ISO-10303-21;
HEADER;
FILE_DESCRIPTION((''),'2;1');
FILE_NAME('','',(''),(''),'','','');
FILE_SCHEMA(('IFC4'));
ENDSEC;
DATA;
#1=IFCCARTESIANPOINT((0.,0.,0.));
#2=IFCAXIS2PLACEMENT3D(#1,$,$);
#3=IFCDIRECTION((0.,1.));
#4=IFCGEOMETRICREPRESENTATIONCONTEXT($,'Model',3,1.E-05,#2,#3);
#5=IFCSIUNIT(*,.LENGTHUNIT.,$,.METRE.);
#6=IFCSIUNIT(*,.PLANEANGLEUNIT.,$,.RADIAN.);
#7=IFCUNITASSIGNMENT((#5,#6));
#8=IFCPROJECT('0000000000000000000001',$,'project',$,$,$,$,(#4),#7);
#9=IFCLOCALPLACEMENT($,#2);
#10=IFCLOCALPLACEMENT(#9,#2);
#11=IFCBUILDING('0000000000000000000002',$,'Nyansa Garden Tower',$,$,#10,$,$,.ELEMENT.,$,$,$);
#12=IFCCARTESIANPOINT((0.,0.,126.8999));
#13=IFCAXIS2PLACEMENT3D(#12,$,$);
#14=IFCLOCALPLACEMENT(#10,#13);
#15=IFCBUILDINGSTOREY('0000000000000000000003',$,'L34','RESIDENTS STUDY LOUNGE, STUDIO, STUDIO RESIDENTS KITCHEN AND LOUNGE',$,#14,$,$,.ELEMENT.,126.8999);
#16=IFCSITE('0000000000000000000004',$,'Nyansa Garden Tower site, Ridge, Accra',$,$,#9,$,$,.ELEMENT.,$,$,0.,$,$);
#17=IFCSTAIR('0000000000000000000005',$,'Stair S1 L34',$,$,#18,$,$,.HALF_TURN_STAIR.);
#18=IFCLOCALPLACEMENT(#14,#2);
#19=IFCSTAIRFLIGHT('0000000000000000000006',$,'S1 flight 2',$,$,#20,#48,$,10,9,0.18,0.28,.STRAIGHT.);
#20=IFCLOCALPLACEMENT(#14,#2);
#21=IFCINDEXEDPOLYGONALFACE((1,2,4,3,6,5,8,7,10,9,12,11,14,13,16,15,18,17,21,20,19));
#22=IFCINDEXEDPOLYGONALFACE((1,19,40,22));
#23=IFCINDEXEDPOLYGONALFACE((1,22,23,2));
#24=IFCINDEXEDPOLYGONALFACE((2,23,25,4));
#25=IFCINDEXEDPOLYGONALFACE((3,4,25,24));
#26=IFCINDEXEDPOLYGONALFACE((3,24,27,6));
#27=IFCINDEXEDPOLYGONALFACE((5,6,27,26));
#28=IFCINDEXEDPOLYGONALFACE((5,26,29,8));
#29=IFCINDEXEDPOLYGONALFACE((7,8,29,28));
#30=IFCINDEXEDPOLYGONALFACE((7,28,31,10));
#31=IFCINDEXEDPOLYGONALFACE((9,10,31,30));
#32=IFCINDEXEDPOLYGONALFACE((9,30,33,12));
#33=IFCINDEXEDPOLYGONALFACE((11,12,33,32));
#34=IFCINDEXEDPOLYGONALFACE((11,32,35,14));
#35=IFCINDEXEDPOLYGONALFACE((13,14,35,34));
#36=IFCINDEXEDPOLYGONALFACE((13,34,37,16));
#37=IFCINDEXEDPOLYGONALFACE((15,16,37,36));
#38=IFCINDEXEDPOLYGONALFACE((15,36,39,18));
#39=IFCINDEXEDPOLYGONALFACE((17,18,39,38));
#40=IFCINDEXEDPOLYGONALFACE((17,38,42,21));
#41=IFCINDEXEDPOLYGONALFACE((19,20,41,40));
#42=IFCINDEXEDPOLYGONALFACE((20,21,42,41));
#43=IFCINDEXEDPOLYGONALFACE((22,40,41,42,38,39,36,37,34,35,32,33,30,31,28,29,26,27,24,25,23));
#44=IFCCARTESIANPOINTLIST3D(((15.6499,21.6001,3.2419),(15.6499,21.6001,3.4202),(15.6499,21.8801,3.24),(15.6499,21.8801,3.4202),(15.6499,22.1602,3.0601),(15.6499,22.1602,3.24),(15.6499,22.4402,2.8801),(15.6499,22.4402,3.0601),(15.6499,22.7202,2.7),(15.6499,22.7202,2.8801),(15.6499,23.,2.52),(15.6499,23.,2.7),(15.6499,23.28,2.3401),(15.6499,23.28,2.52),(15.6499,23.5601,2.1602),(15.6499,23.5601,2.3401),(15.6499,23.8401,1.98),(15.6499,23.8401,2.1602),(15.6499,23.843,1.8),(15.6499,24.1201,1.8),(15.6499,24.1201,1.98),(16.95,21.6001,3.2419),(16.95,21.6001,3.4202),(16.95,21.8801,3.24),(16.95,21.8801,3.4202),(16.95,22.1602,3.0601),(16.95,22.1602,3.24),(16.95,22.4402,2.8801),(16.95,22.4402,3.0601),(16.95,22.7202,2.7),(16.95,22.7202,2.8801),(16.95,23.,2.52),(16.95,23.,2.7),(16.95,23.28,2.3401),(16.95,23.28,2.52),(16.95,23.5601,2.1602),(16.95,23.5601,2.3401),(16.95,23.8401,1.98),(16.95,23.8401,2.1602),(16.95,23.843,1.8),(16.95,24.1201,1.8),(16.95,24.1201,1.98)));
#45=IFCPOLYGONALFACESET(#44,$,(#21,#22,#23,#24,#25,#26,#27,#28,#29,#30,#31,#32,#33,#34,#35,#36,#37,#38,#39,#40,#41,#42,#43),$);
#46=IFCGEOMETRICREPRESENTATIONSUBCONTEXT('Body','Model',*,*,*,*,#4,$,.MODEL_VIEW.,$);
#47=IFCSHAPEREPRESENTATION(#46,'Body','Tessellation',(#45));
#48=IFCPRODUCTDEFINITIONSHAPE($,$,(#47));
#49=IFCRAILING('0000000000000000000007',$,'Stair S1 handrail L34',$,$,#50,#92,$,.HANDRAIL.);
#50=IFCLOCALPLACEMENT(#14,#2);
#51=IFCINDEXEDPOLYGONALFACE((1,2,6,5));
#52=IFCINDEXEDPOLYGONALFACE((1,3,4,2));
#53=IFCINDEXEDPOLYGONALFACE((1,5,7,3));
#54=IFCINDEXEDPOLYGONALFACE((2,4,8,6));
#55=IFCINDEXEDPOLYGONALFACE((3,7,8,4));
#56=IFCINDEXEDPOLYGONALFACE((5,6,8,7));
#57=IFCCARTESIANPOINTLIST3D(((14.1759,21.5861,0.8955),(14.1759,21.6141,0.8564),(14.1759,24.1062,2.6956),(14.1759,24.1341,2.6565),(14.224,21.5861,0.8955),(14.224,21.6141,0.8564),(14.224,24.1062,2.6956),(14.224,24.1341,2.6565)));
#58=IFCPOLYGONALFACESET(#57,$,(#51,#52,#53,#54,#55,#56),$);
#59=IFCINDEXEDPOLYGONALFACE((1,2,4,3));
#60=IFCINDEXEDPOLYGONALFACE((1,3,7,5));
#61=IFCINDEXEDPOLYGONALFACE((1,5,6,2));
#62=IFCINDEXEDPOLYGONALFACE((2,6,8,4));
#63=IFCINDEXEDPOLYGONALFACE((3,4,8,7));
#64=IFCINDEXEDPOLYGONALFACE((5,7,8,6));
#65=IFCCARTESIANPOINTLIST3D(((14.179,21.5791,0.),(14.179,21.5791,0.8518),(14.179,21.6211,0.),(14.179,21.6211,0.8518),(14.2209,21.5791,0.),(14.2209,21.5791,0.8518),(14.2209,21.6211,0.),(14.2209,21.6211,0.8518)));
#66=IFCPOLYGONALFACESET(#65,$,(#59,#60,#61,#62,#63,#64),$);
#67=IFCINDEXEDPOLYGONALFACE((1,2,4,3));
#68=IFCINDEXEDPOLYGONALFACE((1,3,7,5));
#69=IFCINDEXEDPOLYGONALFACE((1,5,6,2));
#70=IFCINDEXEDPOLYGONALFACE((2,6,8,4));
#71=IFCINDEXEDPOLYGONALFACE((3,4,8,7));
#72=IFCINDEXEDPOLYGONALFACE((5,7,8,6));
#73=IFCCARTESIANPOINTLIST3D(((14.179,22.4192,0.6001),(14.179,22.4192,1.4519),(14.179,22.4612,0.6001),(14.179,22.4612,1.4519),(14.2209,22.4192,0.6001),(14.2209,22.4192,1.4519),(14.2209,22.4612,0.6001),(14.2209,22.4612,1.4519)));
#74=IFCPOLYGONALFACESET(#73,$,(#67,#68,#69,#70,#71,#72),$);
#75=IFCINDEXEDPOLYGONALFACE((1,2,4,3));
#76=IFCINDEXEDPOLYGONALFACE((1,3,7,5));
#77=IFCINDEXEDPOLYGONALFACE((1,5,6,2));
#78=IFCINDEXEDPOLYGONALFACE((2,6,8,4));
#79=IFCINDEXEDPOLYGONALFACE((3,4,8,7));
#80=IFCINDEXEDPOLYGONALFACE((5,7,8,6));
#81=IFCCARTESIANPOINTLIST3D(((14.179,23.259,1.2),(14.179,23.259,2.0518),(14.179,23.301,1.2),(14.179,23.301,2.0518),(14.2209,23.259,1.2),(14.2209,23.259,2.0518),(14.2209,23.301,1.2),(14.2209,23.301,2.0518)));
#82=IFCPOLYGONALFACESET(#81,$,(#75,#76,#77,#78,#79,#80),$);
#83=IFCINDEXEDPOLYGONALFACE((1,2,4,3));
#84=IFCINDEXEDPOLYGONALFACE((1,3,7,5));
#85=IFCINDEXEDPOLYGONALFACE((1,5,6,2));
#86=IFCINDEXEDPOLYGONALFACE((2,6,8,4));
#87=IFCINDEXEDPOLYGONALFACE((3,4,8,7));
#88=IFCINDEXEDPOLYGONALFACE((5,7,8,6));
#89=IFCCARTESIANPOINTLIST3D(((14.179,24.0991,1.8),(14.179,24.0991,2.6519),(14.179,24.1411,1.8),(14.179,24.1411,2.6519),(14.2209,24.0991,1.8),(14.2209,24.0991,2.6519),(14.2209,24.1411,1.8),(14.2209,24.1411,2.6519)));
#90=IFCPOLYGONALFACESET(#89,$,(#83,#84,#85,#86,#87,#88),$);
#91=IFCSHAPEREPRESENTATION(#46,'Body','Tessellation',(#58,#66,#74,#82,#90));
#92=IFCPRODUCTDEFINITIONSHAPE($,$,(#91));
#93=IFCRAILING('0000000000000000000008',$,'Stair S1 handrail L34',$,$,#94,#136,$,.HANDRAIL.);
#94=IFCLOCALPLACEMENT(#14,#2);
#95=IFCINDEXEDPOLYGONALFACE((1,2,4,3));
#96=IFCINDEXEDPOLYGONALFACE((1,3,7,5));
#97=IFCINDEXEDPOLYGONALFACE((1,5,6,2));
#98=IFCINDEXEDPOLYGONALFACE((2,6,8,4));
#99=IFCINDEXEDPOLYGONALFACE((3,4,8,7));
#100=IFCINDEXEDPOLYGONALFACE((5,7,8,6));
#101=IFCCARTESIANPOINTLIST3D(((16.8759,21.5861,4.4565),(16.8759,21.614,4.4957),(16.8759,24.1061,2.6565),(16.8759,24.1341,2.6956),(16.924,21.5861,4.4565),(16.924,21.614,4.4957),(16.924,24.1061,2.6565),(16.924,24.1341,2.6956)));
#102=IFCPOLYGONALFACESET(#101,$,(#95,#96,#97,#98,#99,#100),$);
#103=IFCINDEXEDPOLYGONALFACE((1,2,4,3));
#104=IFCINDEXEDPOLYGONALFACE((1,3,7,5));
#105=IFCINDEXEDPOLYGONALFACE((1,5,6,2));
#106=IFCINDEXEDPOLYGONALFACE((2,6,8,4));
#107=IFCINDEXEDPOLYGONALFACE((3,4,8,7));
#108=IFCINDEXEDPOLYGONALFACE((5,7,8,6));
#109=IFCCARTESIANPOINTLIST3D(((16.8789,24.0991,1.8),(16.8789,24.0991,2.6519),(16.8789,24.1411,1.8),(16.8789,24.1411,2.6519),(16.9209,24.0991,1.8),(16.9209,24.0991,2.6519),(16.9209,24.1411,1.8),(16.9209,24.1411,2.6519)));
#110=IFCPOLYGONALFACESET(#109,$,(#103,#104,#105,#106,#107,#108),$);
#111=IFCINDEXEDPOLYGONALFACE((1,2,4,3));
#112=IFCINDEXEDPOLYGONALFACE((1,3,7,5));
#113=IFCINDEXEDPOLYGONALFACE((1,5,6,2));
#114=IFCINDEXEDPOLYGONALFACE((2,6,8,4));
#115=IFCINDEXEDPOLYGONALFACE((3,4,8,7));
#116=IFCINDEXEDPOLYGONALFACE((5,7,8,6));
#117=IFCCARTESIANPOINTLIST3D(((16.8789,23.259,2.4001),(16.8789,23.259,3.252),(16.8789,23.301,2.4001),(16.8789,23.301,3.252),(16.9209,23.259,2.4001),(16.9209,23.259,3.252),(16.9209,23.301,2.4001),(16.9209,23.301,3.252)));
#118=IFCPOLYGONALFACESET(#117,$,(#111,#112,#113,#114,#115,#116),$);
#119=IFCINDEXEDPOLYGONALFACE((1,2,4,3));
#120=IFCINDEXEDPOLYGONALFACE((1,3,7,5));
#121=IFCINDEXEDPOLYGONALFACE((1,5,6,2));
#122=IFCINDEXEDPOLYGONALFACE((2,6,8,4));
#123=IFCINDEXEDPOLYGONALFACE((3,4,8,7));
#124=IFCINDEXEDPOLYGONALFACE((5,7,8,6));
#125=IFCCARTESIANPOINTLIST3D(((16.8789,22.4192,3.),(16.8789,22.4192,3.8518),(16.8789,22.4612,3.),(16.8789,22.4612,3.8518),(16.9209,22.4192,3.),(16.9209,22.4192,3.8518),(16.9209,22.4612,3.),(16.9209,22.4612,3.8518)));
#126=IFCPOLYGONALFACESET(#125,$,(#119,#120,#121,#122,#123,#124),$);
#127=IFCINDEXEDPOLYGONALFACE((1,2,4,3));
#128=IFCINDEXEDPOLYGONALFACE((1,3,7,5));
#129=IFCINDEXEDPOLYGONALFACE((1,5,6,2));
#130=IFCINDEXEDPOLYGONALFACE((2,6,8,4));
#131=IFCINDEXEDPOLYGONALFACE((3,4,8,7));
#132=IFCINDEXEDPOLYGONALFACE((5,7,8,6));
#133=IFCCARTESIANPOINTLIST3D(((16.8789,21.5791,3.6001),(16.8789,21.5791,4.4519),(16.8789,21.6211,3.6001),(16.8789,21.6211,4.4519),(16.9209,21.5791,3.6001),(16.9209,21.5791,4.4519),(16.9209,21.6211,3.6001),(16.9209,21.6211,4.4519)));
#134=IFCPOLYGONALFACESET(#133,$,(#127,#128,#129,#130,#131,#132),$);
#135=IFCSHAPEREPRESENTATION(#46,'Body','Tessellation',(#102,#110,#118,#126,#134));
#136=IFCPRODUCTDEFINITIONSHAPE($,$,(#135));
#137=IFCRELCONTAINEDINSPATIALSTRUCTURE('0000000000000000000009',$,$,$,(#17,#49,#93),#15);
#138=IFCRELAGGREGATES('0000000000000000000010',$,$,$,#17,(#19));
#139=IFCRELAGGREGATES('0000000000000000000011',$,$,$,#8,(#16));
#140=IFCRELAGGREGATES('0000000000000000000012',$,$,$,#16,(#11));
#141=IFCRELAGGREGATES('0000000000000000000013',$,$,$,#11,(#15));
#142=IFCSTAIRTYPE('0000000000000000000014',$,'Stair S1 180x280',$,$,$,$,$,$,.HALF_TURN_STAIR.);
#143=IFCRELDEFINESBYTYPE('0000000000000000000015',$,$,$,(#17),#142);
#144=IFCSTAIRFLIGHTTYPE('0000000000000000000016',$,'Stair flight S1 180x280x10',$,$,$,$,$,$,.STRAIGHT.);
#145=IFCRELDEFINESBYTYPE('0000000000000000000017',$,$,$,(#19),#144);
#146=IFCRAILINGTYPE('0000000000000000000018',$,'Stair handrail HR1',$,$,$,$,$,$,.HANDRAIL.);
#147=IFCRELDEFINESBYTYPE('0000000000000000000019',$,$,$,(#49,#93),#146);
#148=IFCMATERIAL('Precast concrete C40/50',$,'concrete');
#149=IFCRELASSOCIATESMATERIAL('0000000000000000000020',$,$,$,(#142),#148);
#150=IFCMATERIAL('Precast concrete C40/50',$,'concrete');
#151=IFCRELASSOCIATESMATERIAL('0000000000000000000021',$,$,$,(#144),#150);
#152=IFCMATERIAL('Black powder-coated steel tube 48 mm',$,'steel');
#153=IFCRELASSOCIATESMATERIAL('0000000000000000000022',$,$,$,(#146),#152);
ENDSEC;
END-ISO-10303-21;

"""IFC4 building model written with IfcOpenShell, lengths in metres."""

from ifc_helpers import new_model, si_unit, direction, frame, origin, origin_2d, place, context, subcontext, project, spatial, polyline, rectangle, outline, extrude, material, type_object, element, aggregate, save


model = new_model("IFC4")

# Units and contexts
model_context = context("Model", 3, precision=1e-05, world=origin(), true_north=direction((0.0, 1.0)))
body_context = subcontext(model_context, "Body", "Model", "MODEL_VIEW")
ifc_project = project(units=[si_unit("LENGTHUNIT", "METRE"), si_unit("PLANEANGLEUNIT", "RADIAN")], contexts=[model_context])

# Site, building, storey
site_placement = place(None, origin())
site = spatial("IfcSite", under=ifc_project, at=site_placement, Name="Nyansa Garden Tower site, Ridge, Accra", CompositionType="ELEMENT", RefElevation=0.0)
building_placement = place(site_placement, origin())
building = spatial("IfcBuilding", under=site, at=building_placement, Name="Nyansa Garden Tower", CompositionType="ELEMENT")
storey_placement = place(building_placement, frame((0.0, 0.0, 126.8999)))
storey = spatial("IfcBuildingStorey", under=building, at=storey_placement, Name="L34", Description="RESIDENTS STUDY LOUNGE, STUDIO, STUDIO RESIDENTS KITCHEN AND LOUNGE", CompositionType="ELEMENT", Elevation=126.8999)

# Stair, stair flight
ifc_material_1 = material(Name="Precast concrete C40/50", Category="concrete")
stair_type = type_object("IfcStairType", Name="Stair S1 180x280", PredefinedType="HALF_TURN_STAIR", material=ifc_material_1)
stair_placement = place(storey_placement, origin())
stair = element("IfcStair", 1, at=stair_placement, inside=storey, type_object=stair_type, Name="Stair S1 L34", PredefinedType="HALF_TURN_STAIR")
ifc_material_2 = material(Name="Precast concrete C40/50", Category="concrete")
stair_flight_type = type_object("IfcStairFlightType", Name="Stair flight S1 180x280x10", PredefinedType="STRAIGHT", material=ifc_material_2)
stair_flight_1_placement = place(storey_placement, frame((16.3, 24.1201, 1.8), z_axis=(0.0, 0.0, 1.0), x_axis=(0.0, -1.0, 0.0)))
stair_flight_1 = element("IfcStairFlight", 2, at=stair_flight_1_placement, type_object=stair_flight_type, Name="S1 flight 2", NumberOfRisers=10, NumberOfTreads=9, PredefinedType="STRAIGHT", RiserHeight=0.18, TreadLength=0.28, context=body_context, shape_type="SweptSolid", body=[
    extrude(outline(polyline([(0.0, 0.0), (0.0, 0.1799), (0.28, 0.1799), (0.28, 0.3601), (0.5601, 0.3601), (0.5601, 0.54), (0.8401, 0.54), (0.8401, 0.72), (1.1201, 0.72), (1.1201, 0.8999), (1.3999, 0.8999), (1.3999, 1.0801), (1.6799, 1.0801), (1.6799, 1.26), (1.96, 1.26), (1.96, 1.4399), (2.24, 1.4399), (2.24, 1.6201), (2.52, 1.6201), (2.52, 1.8), (2.52, 1.4419), (0.2771, 0.0), (0.0, 0.0)])), frame((0.0, 0.6499, 0.0), z_axis=(0.0, -1.0, 0.0), x_axis=(1.0, 0.0, 0.0)), (0.0, 0.0, 1.0), 1.3),
])
aggregate(stair, [stair_flight_1])

# Railings
ifc_material_3 = material(Name="Black powder-coated steel tube 48 mm", Category="steel")
railing_type = type_object("IfcRailingType", Name="Stair handrail HR1", PredefinedType="HANDRAIL", material=ifc_material_3)
railing_1_placement = place(storey_placement, frame((14.2, 21.6001, 0.0)))
element("IfcRailing", 3, at=railing_1_placement, inside=storey, type_object=railing_type, Name="Stair S1 handrail L34", PredefinedType="HANDRAIL", context=body_context, shape_type="SweptSolid", body=[
    extrude(rectangle(XDim=0.0481, YDim=0.0481, at=origin_2d()), frame((0.0, 0.0, 0.876), z_axis=(0.0, 0.813728, 0.581246), x_axis=(-1.0, 0.0, 0.0)), (0.0, 0.0, 1.0), 3.0969),
    extrude(rectangle(XDim=0.042, YDim=0.042, at=origin_2d()), origin(), (0.0, 0.0, 1.0), 0.8518),
    extrude(rectangle(XDim=0.042, YDim=0.042, at=origin_2d()), frame((0.0, 0.8401, 0.6001)), (0.0, 0.0, 1.0), 0.8518),
    extrude(rectangle(XDim=0.042, YDim=0.042, at=origin_2d()), frame((0.0, 1.6799, 1.2)), (0.0, 0.0, 1.0), 0.8518),
    extrude(rectangle(XDim=0.042, YDim=0.042, at=origin_2d()), frame((0.0, 2.52, 1.8)), (0.0, 0.0, 1.0), 0.8518),
])
railing_2_placement = place(storey_placement, frame((16.8999, 24.1201, 1.8)))
element("IfcRailing", 4, at=railing_2_placement, inside=storey, type_object=railing_type, Name="Stair S1 handrail L34", PredefinedType="HANDRAIL", context=body_context, shape_type="SweptSolid", body=[
    extrude(rectangle(XDim=0.0481, YDim=0.0481, at=origin_2d()), frame((0.0, 0.0, 0.876), z_axis=(0.0, -0.813728, 0.581246), x_axis=(1.0, 0.0, 0.0)), (0.0, 0.0, 1.0), 3.0969),
    extrude(rectangle(XDim=0.042, YDim=0.042, at=origin_2d()), origin(), (0.0, 0.0, 1.0), 0.8518),
    extrude(rectangle(XDim=0.042, YDim=0.042, at=origin_2d()), frame((0.0, -0.8401, 0.6001)), (0.0, 0.0, 1.0), 0.8518),
    extrude(rectangle(XDim=0.042, YDim=0.042, at=origin_2d()), frame((0.0, -1.6799, 1.2)), (0.0, 0.0, 1.0), 0.8518),
    extrude(rectangle(XDim=0.042, YDim=0.042, at=origin_2d()), frame((0.0, -2.52, 1.8)), (0.0, 0.0, 1.0), 0.8518),
])

save(model, "model.ifc")
